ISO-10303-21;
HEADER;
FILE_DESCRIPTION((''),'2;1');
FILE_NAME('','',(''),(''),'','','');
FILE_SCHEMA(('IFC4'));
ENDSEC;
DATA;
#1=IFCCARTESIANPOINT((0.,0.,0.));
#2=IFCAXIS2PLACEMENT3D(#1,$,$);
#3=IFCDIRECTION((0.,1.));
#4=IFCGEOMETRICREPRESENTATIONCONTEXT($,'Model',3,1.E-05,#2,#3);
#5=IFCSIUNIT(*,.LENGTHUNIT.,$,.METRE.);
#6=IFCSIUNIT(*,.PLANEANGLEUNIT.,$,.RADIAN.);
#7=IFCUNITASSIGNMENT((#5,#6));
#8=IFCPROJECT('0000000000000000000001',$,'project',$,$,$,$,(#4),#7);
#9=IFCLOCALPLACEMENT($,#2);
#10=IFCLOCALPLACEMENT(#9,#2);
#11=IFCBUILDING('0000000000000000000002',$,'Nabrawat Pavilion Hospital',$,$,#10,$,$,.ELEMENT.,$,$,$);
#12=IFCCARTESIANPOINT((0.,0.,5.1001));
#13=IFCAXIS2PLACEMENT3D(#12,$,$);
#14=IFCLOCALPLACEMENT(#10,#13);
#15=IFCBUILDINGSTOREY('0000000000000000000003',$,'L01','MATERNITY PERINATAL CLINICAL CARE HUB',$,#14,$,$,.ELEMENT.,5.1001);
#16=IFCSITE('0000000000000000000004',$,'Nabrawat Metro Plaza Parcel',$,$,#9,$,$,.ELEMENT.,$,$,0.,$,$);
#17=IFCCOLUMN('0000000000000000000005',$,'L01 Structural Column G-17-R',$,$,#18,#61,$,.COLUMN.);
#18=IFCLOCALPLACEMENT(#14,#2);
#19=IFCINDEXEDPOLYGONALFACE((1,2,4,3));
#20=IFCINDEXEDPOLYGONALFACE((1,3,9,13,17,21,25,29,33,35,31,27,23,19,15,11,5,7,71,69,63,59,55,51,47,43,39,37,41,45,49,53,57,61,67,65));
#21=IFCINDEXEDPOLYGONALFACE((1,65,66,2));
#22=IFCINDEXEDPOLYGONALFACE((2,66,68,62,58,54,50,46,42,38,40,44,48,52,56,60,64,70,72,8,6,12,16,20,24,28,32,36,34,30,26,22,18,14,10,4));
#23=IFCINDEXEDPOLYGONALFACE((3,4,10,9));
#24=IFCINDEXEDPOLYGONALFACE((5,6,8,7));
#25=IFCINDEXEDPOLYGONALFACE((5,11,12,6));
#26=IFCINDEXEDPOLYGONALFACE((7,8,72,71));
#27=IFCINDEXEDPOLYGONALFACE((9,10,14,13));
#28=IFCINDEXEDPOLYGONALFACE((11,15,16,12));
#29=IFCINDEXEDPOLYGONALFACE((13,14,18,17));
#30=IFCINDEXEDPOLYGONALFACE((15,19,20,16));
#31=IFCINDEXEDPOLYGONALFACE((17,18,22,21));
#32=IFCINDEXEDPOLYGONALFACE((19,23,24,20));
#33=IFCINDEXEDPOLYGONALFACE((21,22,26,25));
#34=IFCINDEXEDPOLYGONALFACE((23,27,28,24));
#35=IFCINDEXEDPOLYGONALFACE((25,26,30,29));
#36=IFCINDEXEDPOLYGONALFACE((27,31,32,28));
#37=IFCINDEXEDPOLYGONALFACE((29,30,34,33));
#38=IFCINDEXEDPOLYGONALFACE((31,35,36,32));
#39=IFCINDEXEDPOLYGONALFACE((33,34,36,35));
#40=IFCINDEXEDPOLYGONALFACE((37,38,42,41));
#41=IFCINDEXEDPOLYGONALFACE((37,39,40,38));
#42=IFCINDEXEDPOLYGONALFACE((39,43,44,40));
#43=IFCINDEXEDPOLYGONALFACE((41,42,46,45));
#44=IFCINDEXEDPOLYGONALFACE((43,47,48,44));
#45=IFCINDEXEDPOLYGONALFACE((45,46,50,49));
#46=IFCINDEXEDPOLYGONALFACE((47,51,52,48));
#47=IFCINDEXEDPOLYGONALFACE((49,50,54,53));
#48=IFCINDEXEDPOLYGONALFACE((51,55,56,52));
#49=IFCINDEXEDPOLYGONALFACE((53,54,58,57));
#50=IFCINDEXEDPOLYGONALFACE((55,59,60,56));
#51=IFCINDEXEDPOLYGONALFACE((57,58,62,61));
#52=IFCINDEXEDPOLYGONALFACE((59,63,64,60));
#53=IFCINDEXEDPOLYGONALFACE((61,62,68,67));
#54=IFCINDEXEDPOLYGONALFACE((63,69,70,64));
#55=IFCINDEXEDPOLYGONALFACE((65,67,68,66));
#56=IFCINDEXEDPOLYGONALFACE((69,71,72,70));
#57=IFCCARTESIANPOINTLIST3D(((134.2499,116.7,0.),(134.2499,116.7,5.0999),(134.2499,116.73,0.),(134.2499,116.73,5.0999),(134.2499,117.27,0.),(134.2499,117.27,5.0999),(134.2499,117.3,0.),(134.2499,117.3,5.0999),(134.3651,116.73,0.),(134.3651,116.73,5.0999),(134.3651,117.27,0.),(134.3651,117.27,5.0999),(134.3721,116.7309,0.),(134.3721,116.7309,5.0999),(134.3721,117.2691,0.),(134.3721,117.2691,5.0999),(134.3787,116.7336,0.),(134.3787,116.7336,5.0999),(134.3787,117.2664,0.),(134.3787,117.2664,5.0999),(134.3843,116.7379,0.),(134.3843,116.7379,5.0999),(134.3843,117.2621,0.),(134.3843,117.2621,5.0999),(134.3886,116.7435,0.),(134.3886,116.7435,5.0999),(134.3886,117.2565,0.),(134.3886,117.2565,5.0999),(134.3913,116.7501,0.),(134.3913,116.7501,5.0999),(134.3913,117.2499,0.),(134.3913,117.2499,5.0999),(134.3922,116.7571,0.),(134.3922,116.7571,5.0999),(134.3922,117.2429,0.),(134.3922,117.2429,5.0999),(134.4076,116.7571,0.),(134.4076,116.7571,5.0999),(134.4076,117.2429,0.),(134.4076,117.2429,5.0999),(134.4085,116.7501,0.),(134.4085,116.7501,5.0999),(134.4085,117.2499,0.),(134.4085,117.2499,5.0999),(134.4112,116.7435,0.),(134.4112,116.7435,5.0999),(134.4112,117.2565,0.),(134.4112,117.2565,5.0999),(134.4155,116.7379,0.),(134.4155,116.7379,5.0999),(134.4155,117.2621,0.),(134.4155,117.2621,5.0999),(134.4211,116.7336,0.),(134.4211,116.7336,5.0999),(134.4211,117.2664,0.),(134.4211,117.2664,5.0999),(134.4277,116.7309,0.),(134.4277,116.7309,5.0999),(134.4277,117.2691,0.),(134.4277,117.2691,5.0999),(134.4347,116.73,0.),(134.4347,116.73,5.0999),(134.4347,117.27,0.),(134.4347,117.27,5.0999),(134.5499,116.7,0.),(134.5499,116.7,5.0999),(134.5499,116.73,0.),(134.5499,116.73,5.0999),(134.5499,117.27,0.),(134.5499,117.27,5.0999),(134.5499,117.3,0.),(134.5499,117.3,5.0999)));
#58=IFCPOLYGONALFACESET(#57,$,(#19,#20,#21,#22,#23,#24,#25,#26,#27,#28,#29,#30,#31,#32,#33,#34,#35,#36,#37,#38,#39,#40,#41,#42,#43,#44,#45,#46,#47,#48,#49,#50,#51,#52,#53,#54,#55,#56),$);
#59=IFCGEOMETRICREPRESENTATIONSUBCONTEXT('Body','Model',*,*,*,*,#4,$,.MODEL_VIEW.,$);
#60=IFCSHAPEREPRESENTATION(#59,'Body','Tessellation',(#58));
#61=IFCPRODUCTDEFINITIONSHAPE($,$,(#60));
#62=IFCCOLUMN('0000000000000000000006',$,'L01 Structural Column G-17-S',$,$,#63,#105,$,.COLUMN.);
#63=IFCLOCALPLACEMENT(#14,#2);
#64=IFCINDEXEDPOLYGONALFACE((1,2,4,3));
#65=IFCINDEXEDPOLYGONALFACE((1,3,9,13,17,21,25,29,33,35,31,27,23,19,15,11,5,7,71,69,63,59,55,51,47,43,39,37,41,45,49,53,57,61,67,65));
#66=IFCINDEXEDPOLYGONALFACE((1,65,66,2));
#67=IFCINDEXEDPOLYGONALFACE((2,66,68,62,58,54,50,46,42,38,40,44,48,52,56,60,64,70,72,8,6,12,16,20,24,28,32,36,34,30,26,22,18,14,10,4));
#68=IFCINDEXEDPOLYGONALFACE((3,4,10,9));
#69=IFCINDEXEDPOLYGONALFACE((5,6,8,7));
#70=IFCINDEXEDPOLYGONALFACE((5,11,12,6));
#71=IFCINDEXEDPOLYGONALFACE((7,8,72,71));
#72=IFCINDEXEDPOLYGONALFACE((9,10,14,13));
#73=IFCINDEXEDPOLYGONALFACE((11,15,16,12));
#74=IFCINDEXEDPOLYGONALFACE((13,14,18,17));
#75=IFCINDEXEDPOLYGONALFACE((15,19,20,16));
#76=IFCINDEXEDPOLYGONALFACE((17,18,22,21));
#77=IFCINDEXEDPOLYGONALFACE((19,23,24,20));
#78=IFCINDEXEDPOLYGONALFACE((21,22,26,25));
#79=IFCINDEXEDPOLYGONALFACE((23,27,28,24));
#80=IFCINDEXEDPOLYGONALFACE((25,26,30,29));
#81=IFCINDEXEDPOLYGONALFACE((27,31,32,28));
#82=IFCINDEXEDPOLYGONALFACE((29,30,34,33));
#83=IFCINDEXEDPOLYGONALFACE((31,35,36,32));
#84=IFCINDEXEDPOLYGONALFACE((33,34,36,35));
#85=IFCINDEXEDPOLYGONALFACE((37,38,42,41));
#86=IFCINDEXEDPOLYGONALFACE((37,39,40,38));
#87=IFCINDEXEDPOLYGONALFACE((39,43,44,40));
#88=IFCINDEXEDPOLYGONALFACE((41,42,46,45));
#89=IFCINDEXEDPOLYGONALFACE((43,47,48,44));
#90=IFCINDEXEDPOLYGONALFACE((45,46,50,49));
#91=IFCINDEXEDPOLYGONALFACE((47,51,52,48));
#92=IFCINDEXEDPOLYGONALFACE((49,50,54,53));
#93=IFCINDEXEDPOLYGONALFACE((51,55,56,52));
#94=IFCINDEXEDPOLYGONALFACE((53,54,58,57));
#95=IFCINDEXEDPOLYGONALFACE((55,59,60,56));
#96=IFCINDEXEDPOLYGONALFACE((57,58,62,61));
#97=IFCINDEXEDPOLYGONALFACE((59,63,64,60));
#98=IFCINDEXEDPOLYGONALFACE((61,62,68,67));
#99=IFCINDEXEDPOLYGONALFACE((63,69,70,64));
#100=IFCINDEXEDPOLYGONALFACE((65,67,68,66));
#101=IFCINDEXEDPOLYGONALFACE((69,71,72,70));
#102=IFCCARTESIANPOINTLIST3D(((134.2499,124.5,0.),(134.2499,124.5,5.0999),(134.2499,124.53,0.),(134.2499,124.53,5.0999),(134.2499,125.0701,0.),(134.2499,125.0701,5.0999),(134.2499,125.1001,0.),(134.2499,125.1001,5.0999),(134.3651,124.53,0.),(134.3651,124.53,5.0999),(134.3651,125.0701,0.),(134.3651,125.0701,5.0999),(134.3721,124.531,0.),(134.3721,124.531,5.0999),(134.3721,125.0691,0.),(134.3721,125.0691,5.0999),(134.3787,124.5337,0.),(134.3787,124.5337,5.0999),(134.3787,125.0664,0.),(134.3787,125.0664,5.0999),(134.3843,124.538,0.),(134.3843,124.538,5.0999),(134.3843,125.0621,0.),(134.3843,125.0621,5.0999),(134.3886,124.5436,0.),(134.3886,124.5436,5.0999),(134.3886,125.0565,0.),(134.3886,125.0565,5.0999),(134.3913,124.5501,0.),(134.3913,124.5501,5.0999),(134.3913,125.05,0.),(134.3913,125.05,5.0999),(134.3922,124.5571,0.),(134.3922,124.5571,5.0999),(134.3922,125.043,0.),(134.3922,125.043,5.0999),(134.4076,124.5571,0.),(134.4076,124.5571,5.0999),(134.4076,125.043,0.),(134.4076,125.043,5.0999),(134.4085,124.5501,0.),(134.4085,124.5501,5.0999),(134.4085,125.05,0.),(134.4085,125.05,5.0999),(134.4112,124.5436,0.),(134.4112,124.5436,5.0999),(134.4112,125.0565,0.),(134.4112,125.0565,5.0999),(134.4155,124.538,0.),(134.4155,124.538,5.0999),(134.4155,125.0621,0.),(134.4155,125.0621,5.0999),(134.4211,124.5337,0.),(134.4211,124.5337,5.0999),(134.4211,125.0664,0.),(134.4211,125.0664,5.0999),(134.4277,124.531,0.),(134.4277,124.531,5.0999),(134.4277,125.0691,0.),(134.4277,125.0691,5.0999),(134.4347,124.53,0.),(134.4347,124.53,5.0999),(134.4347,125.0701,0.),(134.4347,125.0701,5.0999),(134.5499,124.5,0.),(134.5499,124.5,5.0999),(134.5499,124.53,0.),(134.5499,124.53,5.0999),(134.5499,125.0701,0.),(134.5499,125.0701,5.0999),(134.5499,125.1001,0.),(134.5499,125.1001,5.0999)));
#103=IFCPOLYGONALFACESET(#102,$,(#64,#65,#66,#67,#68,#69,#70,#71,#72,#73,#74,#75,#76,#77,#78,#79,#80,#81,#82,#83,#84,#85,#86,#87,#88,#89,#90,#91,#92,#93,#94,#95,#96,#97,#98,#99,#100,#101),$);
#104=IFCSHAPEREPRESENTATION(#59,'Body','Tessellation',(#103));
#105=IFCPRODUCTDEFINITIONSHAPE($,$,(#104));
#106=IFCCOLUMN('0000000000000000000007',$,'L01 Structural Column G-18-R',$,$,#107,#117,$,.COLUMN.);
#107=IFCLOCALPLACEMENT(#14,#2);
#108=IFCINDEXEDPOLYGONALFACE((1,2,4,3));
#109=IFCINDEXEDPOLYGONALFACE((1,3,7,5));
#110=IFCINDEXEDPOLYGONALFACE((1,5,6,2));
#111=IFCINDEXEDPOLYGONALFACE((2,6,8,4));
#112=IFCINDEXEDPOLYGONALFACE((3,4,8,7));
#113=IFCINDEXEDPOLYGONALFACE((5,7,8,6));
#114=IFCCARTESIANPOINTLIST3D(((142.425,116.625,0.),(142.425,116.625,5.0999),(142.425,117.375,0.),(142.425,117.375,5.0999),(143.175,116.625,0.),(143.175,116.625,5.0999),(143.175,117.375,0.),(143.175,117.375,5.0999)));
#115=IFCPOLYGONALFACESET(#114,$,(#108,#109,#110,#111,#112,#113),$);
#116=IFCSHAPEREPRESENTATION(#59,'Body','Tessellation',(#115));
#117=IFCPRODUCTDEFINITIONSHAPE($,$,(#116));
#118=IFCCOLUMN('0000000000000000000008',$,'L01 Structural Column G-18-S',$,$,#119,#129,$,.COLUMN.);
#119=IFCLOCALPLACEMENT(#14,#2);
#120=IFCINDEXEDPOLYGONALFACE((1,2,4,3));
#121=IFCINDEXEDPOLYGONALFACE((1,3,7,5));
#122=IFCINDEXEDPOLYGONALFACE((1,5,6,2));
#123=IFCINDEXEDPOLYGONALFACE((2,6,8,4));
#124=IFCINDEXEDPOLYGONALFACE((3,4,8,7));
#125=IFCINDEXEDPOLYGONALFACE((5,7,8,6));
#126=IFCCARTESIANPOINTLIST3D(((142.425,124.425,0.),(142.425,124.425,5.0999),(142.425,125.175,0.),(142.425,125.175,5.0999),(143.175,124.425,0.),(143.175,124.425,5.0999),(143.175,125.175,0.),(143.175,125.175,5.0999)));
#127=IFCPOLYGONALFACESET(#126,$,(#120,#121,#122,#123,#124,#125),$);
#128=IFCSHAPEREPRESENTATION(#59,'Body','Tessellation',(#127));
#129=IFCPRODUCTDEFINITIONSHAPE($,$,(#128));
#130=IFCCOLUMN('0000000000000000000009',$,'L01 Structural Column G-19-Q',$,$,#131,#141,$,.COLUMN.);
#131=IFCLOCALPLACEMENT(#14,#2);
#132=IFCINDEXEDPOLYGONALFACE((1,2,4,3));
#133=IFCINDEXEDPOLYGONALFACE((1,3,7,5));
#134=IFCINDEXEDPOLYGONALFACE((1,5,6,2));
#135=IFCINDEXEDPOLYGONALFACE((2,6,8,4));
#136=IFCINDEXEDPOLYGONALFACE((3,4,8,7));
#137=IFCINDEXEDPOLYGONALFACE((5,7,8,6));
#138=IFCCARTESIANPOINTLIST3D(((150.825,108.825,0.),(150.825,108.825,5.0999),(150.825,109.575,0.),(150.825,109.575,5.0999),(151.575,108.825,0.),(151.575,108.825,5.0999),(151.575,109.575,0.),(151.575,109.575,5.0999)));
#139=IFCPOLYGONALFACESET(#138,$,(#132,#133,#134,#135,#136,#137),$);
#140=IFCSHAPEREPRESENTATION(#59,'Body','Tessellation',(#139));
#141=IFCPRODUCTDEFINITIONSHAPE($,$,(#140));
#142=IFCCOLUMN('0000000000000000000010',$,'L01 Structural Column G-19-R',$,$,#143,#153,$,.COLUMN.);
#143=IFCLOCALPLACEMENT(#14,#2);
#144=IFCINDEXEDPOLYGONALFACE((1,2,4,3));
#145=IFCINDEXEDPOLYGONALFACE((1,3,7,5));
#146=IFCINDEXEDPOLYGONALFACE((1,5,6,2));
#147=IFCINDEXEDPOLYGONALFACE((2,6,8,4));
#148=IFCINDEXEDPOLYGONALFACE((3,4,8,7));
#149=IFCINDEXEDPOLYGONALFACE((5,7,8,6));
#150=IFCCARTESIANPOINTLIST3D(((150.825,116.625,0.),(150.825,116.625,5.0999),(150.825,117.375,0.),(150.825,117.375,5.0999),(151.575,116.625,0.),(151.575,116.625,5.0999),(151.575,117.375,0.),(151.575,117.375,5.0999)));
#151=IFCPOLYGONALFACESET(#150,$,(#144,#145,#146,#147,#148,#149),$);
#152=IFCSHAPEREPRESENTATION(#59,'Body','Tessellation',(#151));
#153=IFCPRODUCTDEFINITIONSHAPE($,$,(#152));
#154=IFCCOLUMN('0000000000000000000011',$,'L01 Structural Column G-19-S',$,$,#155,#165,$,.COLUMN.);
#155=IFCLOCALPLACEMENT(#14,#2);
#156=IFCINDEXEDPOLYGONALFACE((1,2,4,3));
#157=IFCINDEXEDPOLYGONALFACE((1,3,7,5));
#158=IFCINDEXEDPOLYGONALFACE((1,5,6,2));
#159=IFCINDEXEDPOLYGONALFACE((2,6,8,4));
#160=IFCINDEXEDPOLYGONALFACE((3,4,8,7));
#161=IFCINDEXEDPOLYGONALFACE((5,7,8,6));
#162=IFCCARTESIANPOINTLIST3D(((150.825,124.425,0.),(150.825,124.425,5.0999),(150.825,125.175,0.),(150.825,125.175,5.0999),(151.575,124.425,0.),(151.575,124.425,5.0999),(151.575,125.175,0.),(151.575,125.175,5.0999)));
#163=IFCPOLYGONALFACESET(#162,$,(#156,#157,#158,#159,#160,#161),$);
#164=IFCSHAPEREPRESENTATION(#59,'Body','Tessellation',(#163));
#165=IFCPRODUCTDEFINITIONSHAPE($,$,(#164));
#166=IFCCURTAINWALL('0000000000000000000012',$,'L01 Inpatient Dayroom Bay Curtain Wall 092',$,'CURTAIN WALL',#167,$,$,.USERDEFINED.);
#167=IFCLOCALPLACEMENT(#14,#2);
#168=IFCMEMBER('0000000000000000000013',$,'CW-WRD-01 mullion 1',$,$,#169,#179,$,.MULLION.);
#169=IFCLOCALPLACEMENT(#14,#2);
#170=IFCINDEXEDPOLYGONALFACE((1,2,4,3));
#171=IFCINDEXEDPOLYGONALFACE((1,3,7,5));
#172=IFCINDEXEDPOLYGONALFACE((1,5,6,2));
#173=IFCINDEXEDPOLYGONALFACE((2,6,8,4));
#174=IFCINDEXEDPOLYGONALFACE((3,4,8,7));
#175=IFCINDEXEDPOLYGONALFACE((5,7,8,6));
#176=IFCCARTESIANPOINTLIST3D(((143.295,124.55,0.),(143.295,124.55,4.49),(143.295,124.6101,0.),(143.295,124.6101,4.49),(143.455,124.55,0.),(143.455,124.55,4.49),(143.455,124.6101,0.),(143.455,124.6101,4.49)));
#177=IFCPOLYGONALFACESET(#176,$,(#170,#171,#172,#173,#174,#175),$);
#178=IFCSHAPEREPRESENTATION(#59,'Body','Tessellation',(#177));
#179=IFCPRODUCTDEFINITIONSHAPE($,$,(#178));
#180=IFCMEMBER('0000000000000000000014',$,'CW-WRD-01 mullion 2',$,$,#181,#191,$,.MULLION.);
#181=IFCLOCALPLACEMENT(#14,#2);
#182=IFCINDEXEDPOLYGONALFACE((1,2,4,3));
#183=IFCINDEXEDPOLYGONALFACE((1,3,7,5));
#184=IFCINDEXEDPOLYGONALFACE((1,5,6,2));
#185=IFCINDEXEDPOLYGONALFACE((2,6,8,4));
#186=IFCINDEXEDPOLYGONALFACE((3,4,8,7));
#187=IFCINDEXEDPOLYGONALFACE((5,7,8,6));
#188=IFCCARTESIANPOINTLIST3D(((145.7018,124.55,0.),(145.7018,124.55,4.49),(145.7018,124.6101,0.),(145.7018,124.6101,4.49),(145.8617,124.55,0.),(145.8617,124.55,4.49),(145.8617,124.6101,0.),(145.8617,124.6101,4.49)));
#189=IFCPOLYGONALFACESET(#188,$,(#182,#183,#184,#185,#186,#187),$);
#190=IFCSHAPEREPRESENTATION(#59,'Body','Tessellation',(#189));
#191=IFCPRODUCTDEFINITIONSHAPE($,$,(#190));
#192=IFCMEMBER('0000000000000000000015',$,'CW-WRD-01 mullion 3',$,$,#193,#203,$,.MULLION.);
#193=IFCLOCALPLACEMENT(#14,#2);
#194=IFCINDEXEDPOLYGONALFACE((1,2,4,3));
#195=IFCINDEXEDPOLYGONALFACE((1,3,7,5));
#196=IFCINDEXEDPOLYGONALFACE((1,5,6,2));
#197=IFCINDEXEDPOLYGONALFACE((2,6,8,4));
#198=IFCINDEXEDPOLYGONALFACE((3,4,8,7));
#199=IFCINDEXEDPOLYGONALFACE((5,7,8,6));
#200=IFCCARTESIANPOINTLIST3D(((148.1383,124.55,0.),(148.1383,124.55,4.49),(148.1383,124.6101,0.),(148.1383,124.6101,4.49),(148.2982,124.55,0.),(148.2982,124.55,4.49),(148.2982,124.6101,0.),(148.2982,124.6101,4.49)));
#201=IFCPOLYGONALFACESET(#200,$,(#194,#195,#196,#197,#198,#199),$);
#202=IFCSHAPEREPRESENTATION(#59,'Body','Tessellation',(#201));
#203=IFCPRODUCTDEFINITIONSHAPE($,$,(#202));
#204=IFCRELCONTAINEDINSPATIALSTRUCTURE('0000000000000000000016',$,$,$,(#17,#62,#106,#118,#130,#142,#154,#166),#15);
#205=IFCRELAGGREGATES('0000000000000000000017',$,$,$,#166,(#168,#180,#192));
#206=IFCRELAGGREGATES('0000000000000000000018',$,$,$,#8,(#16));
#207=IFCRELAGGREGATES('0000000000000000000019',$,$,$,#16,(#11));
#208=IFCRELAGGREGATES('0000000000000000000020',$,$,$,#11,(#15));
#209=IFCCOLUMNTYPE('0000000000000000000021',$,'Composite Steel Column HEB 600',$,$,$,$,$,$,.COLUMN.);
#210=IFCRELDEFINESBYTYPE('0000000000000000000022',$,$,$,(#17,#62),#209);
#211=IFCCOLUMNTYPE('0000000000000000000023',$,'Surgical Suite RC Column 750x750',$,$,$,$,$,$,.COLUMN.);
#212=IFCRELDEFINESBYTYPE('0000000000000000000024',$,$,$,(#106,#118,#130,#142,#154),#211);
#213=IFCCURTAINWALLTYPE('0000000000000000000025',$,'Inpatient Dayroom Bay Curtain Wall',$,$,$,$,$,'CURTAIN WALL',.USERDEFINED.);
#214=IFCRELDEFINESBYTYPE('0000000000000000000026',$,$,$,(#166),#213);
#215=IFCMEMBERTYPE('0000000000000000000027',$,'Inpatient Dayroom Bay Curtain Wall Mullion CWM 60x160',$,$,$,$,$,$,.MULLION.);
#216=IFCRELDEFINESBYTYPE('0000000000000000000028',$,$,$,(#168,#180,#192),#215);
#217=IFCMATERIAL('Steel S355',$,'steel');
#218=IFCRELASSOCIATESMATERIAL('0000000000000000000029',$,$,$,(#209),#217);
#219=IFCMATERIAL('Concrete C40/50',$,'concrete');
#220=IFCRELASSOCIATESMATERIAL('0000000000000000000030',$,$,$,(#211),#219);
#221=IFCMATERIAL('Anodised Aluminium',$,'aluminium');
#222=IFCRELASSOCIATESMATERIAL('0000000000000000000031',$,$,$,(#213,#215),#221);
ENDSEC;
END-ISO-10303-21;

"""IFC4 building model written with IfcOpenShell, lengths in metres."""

from ifc_helpers import new_model, si_unit, direction, frame, origin, origin_2d, place, context, subcontext, project, spatial, rectangle, i_section, extrude, material, material_profile, profile_set, type_object, element, aggregate, save


model = new_model("IFC4")

# Units and contexts
model_context = context("Model", 3, precision=1e-05, world=origin(), true_north=direction((0.0, 1.0)))
body_context = subcontext(model_context, "Body", "Model", "MODEL_VIEW")
ifc_project = project(units=[si_unit("LENGTHUNIT", "METRE"), si_unit("PLANEANGLEUNIT", "RADIAN")], contexts=[model_context])

# Site, building, storey
site_placement = place(None, origin())
site = spatial("IfcSite", under=ifc_project, at=site_placement, Name="Nabrawat Metro Plaza Parcel", CompositionType="ELEMENT", RefElevation=0.0)
building_placement = place(site_placement, origin())
building = spatial("IfcBuilding", under=site, at=building_placement, Name="Nabrawat Pavilion Hospital", CompositionType="ELEMENT")
storey_placement = place(building_placement, frame((0.0, 0.0, 5.1001)))
storey = spatial("IfcBuildingStorey", under=building, at=storey_placement, Name="L01", Description="MATERNITY PERINATAL CLINICAL CARE HUB", CompositionType="ELEMENT", Elevation=5.1001)

# Columns
ifc_material_1 = material(Name="Steel S355", Category="steel")
ifc_material_profile_1 = material_profile(ifc_material_1, i_section(OverallWidth=0.3, OverallDepth=0.6001, WebThickness=0.0154, FlangeThickness=0.03, FilletRadius=0.0271, at=origin_2d()), Name="HEB 600")
ifc_profile_set_1 = profile_set([ifc_material_profile_1], Name="Steel S355")
column_type_1 = type_object("IfcColumnType", Name="Composite Steel Column HEB 600", PredefinedType="COLUMN", material=ifc_profile_set_1)
for number, where, z_axis, x_axis, name in (
    (1, (134.3999, 117.0, 0.0), (0.0, 0.0, 1.0), (1.0, 0.0, 0.0), "L01 Structural Column G-17-R"),
    (2, (134.3999, 124.8, 0.0), (0.0, 0.0, 1.0), (1.0, 0.0, 0.0), "L01 Structural Column G-17-S"),
):
    element("IfcColumn", number, at=place(storey_placement, frame(where, z_axis=z_axis, x_axis=x_axis)), inside=storey, type_object=column_type_1, Name=name, PredefinedType="COLUMN", context=body_context, shape_type="SweptSolid", body=[
        extrude(i_section(OverallWidth=0.3, OverallDepth=0.6001, WebThickness=0.0154, FlangeThickness=0.03, FilletRadius=0.0271, at=origin_2d()), origin(), (0.0, 0.0, 1.0), 5.0999),
    ])
ifc_material_2 = material(Name="Concrete C40/50", Category="concrete")
ifc_material_profile_2 = material_profile(ifc_material_2, rectangle(XDim=0.75, YDim=0.75, at=origin_2d()), Name="RC 750x750")
ifc_profile_set_2 = profile_set([ifc_material_profile_2], Name="Concrete C40/50")
column_type_2 = type_object("IfcColumnType", Name="Surgical Suite RC Column 750x750", PredefinedType="COLUMN", material=ifc_profile_set_2)
for number, where, z_axis, x_axis, name in (
    (3, (142.8, 117.0, 0.0), (0.0, 0.0, 1.0), (1.0, 0.0, 0.0), "L01 Structural Column G-18-R"),
    (4, (142.8, 124.8, 0.0), (0.0, 0.0, 1.0), (1.0, 0.0, 0.0), "L01 Structural Column G-18-S"),
    (5, (151.2, 109.2, 0.0), (0.0, 0.0, 1.0), (1.0, 0.0, 0.0), "L01 Structural Column G-19-Q"),
    (6, (151.2, 117.0, 0.0), (0.0, 0.0, 1.0), (1.0, 0.0, 0.0), "L01 Structural Column G-19-R"),
    (7, (151.2, 124.8, 0.0), (0.0, 0.0, 1.0), (1.0, 0.0, 0.0), "L01 Structural Column G-19-S"),
):
    element("IfcColumn", number, at=place(storey_placement, frame(where, z_axis=z_axis, x_axis=x_axis)), inside=storey, type_object=column_type_2, Name=name, PredefinedType="COLUMN", context=body_context, shape_type="SweptSolid", body=[
        extrude(rectangle(XDim=0.75, YDim=0.75, at=origin_2d()), origin(), (0.0, 0.0, 1.0), 5.0999),
    ])

# Curtain wall, members
ifc_material_3 = material(Name="Anodised Aluminium", Category="aluminium")
curtain_wall_type = type_object("IfcCurtainWallType", Name="Inpatient Dayroom Bay Curtain Wall", ElementType="CURTAIN WALL", PredefinedType="USERDEFINED", material=ifc_material_3)
curtain_wall_placement = place(storey_placement, origin())
curtain_wall = element("IfcCurtainWall", 8, at=curtain_wall_placement, inside=storey, type_object=curtain_wall_type, Name="L01 Inpatient Dayroom Bay Curtain Wall 092", ObjectType="CURTAIN WALL", PredefinedType="USERDEFINED")
ifc_material_profile_3 = material_profile(ifc_material_3, rectangle(XDim=0.0601, YDim=0.1599, at=origin_2d()), Name="CWM 60x160")
ifc_profile_set_3 = profile_set([ifc_material_profile_3], Name="Anodised Aluminium")
member_type_1 = type_object("IfcMemberType", Name="Inpatient Dayroom Bay Curtain Wall Mullion CWM 60x160", PredefinedType="MULLION", material=ifc_profile_set_3)
member_1_placement = place(storey_placement, frame((143.375, 124.5801, 0.0), z_axis=(0.0, 0.0, 1.0), x_axis=(0.0, 1.0, 0.0)))
member_1 = element("IfcMember", 9, at=member_1_placement, type_object=member_type_1, Name="CW-WRD-01 mullion 1", PredefinedType="MULLION", context=body_context, shape_type="SweptSolid", body=[
    extrude(rectangle(XDim=0.0601, YDim=0.1599, at=origin_2d()), origin(), (0.0, 0.0, 1.0), 4.49),
])
member_2_placement = place(storey_placement, frame((145.7817, 124.5801, 0.0), z_axis=(0.0, 0.0, 1.0), x_axis=(0.0, 1.0, 0.0)))
member_2 = element("IfcMember", 10, at=member_2_placement, type_object=member_type_1, Name="CW-WRD-01 mullion 2", PredefinedType="MULLION", context=body_context, shape_type="SweptSolid", body=[
    extrude(rectangle(XDim=0.0601, YDim=0.1599, at=origin_2d()), origin(), (0.0, 0.0, 1.0), 4.49),
])
member_3_placement = place(storey_placement, frame((148.2183, 124.5801, 0.0), z_axis=(0.0, 0.0, 1.0), x_axis=(0.0, 1.0, 0.0)))
member_3 = element("IfcMember", 11, at=member_3_placement, type_object=member_type_1, Name="CW-WRD-01 mullion 3", PredefinedType="MULLION", context=body_context, shape_type="SweptSolid", body=[
    extrude(rectangle(XDim=0.0601, YDim=0.1599, at=origin_2d()), origin(), (0.0, 0.0, 1.0), 4.49),
])

aggregate(curtain_wall, [member_1, member_2, member_3])

save(model, "model.ifc")
